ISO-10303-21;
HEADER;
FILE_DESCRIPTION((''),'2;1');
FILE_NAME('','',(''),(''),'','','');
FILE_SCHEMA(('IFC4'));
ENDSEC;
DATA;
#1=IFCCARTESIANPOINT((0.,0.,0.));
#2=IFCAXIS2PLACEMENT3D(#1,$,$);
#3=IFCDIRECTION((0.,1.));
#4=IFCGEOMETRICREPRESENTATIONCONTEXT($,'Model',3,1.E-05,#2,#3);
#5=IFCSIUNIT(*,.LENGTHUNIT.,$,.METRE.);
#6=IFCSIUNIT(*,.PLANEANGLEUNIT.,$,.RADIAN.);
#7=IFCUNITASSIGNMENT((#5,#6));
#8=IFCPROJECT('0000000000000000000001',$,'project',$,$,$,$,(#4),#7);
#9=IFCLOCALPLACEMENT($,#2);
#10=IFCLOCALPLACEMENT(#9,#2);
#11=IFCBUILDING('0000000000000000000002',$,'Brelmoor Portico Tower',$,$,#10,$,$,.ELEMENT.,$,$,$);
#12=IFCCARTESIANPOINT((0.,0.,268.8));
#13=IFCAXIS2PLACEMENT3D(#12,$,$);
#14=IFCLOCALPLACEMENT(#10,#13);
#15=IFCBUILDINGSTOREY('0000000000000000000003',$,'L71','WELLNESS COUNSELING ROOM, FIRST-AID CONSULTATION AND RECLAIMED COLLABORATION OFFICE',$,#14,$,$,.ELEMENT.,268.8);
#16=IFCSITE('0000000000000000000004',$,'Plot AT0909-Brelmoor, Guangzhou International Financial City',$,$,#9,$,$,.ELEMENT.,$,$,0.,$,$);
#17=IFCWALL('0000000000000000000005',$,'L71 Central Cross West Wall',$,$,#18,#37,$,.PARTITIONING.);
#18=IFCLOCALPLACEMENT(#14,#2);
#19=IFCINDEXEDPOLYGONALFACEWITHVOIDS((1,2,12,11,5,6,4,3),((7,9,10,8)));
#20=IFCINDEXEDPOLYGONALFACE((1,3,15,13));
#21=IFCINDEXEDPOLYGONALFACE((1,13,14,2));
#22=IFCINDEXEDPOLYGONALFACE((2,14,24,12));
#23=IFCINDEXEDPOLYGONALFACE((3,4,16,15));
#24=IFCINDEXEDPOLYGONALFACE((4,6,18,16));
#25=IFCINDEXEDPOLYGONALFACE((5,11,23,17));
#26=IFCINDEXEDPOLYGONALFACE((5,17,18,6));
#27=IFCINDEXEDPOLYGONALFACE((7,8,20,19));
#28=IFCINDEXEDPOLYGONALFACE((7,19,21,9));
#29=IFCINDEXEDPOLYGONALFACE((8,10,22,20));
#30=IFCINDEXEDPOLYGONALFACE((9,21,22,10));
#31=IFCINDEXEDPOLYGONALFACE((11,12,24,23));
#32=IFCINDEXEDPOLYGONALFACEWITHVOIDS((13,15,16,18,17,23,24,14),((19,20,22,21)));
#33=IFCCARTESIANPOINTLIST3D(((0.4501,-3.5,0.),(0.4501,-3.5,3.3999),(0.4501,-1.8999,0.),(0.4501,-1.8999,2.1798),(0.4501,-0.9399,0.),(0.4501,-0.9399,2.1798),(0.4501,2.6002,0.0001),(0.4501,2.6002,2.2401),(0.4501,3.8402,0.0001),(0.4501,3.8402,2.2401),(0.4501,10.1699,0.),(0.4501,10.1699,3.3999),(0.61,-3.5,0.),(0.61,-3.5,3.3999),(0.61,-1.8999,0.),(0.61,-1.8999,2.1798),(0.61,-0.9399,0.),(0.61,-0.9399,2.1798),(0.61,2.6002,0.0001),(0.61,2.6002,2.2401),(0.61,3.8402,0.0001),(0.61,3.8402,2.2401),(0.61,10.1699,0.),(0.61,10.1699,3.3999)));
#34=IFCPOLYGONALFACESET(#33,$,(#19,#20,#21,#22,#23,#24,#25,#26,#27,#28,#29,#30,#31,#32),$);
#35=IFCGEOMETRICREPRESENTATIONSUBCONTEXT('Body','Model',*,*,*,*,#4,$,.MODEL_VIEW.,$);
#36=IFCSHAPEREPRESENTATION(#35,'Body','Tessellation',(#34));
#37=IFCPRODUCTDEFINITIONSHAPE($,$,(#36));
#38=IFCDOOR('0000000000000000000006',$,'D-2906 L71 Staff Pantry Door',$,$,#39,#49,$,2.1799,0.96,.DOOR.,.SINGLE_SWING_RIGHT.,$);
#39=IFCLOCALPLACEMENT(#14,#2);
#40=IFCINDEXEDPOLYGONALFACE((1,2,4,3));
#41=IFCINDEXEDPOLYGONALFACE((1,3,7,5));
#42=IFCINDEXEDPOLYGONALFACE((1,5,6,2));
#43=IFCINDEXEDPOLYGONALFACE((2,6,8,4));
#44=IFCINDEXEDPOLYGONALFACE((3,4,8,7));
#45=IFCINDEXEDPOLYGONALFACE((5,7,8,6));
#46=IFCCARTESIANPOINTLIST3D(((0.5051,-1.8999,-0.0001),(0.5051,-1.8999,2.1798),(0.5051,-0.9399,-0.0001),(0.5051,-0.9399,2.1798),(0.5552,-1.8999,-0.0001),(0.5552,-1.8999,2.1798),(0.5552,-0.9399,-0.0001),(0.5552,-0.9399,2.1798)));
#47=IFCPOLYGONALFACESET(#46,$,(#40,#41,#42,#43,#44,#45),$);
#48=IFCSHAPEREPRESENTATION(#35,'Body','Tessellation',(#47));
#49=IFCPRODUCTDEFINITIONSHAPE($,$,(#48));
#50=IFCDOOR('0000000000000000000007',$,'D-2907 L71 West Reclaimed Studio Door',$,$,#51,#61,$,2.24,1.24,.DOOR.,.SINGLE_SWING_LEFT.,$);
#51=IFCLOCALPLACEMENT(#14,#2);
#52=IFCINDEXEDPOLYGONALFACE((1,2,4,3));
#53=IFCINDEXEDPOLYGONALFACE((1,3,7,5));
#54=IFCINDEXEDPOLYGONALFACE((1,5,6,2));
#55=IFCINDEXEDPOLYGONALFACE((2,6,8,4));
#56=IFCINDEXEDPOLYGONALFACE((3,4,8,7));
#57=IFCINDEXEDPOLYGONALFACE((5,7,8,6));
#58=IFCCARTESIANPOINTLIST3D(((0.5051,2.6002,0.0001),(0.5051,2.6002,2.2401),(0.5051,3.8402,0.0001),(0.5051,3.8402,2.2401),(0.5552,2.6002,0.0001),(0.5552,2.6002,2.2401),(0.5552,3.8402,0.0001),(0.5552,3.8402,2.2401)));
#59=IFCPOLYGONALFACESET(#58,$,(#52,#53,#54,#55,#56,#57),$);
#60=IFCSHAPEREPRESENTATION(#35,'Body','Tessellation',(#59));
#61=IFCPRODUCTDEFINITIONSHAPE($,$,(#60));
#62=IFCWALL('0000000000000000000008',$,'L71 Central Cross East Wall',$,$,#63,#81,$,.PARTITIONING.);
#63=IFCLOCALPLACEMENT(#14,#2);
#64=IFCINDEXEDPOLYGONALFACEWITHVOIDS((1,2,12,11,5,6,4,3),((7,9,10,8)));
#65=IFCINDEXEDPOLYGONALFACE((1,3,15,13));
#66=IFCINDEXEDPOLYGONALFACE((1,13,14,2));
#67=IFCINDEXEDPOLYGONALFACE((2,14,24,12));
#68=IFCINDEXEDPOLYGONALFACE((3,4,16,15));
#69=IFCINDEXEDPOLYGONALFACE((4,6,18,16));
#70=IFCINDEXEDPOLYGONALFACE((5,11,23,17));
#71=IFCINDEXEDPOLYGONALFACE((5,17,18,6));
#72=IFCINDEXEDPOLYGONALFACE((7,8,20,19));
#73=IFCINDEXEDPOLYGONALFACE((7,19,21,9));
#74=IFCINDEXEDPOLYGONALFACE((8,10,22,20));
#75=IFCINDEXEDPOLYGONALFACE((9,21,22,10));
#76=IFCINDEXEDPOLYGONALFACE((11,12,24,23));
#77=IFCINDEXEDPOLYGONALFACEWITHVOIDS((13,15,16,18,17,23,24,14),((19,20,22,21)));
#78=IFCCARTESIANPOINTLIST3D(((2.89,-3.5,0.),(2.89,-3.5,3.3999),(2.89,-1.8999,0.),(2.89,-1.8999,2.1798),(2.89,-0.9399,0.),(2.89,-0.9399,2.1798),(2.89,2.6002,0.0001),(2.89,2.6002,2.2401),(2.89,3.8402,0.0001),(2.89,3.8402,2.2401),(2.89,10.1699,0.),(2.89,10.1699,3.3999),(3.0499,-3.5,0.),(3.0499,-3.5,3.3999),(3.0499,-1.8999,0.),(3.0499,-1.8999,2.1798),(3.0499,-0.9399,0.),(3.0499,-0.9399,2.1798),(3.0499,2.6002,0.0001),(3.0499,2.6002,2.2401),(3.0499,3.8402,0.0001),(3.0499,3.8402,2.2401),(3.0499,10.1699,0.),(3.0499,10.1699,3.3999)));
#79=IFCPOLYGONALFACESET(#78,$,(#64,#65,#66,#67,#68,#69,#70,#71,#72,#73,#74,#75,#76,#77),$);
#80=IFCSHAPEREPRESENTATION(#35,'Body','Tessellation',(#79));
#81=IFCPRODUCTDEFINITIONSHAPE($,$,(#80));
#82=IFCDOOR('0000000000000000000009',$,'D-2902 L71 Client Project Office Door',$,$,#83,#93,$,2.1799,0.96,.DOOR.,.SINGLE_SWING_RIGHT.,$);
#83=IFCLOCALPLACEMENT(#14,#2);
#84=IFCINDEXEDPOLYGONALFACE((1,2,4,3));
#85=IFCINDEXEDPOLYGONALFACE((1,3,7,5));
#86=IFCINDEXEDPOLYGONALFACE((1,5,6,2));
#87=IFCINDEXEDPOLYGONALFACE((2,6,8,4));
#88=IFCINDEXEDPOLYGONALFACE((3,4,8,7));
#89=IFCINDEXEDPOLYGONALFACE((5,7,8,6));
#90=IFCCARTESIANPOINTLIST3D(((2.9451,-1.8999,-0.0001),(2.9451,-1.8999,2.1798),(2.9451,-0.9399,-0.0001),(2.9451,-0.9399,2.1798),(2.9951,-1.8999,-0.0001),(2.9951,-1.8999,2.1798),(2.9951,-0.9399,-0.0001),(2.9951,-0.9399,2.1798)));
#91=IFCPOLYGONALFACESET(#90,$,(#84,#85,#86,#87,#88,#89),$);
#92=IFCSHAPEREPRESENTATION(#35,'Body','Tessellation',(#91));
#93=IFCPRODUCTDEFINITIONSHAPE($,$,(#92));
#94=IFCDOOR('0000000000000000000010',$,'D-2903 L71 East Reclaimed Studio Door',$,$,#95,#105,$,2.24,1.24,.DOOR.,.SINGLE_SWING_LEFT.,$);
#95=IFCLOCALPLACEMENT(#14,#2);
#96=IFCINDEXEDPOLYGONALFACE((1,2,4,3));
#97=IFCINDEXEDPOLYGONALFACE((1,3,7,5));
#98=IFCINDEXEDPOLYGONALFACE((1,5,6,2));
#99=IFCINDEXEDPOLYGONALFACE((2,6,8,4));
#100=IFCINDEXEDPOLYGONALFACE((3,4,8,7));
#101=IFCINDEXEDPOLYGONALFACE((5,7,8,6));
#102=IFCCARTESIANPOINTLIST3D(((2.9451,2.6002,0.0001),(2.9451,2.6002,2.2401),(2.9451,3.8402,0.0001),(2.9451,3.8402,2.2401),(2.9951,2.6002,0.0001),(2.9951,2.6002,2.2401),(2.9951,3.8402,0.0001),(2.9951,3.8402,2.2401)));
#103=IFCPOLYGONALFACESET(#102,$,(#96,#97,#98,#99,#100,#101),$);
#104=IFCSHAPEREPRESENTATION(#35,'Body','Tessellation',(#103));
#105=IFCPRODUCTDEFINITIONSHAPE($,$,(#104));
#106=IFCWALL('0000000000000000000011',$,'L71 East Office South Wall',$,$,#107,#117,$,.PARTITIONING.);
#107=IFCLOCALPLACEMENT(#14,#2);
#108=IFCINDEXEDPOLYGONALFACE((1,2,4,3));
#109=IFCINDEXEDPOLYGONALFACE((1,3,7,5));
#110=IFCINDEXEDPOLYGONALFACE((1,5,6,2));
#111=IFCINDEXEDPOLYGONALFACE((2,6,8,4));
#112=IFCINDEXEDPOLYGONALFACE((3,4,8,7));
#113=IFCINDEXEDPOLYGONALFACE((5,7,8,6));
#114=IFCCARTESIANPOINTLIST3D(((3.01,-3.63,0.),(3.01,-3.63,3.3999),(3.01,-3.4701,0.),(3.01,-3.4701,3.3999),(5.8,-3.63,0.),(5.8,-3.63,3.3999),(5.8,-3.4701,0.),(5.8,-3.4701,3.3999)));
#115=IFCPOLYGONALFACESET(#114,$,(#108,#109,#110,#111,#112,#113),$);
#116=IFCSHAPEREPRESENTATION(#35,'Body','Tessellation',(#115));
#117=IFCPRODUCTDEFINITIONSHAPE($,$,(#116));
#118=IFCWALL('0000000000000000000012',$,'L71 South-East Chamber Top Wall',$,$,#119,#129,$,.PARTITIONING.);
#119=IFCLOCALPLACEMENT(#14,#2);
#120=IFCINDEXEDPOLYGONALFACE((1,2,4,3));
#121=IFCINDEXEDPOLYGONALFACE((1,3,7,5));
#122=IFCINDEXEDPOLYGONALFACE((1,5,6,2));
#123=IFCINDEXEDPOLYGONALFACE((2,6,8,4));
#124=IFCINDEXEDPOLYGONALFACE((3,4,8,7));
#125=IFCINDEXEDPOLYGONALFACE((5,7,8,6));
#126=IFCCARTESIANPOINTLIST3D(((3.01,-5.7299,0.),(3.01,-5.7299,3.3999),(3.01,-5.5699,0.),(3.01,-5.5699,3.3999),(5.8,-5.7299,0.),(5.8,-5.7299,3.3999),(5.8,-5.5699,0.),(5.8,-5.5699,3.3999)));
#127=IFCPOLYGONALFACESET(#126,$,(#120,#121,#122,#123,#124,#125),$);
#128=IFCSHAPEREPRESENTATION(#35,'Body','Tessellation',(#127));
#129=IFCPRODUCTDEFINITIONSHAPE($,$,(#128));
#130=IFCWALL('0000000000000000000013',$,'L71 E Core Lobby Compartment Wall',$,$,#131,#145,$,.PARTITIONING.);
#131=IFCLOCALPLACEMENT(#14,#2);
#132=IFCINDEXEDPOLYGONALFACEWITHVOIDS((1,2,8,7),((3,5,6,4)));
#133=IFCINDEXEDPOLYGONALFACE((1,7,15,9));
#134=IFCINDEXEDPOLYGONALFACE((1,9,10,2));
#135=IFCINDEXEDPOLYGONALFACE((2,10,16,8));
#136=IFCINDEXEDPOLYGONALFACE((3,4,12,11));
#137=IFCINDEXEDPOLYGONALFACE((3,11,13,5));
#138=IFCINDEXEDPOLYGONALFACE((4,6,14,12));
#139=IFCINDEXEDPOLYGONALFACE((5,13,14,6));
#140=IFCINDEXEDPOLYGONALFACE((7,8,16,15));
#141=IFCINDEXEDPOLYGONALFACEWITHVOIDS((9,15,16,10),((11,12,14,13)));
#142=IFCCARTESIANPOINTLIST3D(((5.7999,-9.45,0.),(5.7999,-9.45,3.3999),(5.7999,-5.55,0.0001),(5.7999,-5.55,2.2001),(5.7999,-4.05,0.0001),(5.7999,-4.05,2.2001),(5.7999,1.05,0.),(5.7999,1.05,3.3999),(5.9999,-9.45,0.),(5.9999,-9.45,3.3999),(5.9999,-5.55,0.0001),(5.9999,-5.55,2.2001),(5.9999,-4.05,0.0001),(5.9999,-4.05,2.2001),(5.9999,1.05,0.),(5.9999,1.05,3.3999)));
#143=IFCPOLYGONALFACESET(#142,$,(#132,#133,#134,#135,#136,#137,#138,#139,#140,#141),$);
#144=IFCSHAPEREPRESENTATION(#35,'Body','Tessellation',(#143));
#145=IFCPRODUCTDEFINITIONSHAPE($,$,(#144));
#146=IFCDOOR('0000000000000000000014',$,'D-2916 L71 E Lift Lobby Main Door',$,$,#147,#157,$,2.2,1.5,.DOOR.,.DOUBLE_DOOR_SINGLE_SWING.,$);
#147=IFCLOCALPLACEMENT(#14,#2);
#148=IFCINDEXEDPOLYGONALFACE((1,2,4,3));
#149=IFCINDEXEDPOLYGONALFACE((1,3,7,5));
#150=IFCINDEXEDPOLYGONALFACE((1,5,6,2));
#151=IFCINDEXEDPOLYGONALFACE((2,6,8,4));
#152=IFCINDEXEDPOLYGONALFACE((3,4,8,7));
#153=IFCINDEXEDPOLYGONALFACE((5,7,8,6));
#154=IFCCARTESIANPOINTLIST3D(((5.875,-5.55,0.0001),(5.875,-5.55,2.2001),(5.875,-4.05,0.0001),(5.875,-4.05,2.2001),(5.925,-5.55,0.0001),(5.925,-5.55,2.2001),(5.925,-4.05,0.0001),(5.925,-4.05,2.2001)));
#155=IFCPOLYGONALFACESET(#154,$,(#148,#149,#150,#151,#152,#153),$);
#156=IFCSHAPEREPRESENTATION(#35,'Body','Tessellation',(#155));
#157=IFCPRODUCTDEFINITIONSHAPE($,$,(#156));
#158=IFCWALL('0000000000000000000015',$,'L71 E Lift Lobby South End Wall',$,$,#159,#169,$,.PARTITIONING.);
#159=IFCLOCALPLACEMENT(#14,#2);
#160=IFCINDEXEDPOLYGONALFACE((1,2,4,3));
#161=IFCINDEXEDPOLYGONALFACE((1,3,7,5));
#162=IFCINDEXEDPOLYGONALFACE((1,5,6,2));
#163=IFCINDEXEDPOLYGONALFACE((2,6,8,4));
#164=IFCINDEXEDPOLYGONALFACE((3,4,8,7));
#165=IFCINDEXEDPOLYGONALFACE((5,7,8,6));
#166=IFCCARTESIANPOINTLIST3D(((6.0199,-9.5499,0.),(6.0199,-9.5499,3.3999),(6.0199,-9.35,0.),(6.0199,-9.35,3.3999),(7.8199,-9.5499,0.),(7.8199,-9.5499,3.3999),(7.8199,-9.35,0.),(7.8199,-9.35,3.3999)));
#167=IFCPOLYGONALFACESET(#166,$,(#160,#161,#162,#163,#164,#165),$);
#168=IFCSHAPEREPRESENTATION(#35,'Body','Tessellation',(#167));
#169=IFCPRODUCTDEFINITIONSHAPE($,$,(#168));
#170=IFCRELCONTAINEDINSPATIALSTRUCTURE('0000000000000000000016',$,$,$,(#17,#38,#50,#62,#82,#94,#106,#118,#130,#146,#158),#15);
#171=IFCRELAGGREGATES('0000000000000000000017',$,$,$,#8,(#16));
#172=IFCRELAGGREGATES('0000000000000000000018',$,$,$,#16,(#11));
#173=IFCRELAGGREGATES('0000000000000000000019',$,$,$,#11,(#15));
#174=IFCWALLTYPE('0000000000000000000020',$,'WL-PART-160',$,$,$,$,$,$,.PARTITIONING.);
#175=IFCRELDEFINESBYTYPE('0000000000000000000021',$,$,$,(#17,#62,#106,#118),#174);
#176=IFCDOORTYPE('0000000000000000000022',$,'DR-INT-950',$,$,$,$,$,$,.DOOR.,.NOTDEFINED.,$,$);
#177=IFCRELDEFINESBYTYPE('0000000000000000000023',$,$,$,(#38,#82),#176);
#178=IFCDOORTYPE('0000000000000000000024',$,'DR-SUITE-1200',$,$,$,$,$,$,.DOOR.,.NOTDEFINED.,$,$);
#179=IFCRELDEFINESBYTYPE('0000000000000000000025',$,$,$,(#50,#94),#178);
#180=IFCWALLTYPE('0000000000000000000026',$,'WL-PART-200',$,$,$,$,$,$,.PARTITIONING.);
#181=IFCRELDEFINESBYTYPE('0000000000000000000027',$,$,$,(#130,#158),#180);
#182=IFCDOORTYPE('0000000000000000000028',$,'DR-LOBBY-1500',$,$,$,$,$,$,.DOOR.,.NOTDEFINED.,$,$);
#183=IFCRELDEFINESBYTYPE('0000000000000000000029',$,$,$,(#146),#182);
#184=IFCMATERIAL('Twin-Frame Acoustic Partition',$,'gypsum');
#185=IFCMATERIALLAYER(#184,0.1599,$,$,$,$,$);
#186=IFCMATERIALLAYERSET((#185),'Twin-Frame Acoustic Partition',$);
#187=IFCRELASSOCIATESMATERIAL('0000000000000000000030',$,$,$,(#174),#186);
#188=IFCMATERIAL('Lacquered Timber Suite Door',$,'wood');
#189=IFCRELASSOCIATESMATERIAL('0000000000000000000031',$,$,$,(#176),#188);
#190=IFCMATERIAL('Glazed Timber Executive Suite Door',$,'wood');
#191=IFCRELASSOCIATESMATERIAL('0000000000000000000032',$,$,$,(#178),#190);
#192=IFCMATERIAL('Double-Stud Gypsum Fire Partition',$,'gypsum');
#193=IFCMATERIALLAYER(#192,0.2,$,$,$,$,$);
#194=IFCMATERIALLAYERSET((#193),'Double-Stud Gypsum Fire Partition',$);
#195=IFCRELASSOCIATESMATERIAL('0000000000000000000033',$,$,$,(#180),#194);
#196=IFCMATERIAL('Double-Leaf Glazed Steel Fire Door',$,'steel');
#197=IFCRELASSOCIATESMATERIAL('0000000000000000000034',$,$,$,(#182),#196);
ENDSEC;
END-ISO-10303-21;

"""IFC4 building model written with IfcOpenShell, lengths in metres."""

from ifc_helpers import new_model, si_unit, direction, frame, frame_2d, origin, place, context, subcontext, project, spatial, rectangle, extrude, material, layer, layer_set, type_object, element, fill, save


model = new_model("IFC4")

# Units and contexts
model_context = context("Model", 3, precision=1e-05, world=origin(), true_north=direction((0.0, 1.0)))
body_context = subcontext(model_context, "Body", "Model", "MODEL_VIEW")
ifc_project = project(units=[si_unit("LENGTHUNIT", "METRE"), si_unit("PLANEANGLEUNIT", "RADIAN")], contexts=[model_context])

# Site, building, storey
site_placement = place(None, origin())
site = spatial("IfcSite", under=ifc_project, at=site_placement, Name="Plot AT0909-Brelmoor, Guangzhou International Financial City", CompositionType="ELEMENT", RefElevation=0.0)
building_placement = place(site_placement, origin())
building = spatial("IfcBuilding", under=site, at=building_placement, Name="Brelmoor Portico Tower", CompositionType="ELEMENT")
storey_placement = place(building_placement, frame((0.0, 0.0, 268.8)))
storey = spatial("IfcBuildingStorey", under=building, at=storey_placement, Name="L71", Description="WELLNESS COUNSELING ROOM, FIRST-AID CONSULTATION AND RECLAIMED COLLABORATION OFFICE", CompositionType="ELEMENT", Elevation=268.8)

# Walls, openings, doors
ifc_material_1 = material(Name="Twin-Frame Acoustic Partition", Category="gypsum")
ifc_layer_1 = layer(ifc_material_1, 0.1599)
ifc_layer_set_1 = layer_set([ifc_layer_1], Name="Twin-Frame Acoustic Partition")
wall_type_1 = type_object("IfcWallType", Name="WL-PART-160", PredefinedType="PARTITIONING", material=ifc_layer_set_1)
wall_1_placement = place(storey_placement, frame((0.53, -3.5, 0.0), z_axis=(0.0, 0.0, 1.0), x_axis=(0.0, 1.0, 0.0)))
wall_1 = element("IfcWall", 1, at=wall_1_placement, inside=storey, type_object=wall_type_1, Name="L71 Central Cross West Wall", PredefinedType="PARTITIONING", context=body_context, shape_type="SweptSolid", body=[
    extrude(rectangle(XDim=13.6699, YDim=0.1599, at=frame_2d((6.835, 0.0))), origin(), (0.0, 0.0, 1.0), 3.3999),
])
opening_1_placement = place(wall_1_placement, frame((6.1001, 0.0, 0.0)))
opening_1 = element("IfcOpeningElement", 2, at=opening_1_placement, cuts=wall_1, PredefinedType="OPENING", context=body_context, shape_type="SweptSolid", body=[
    extrude(rectangle(XDim=1.24, YDim=2.24, at=frame_2d((0.6201, 1.1201))), frame((0.0, 0.0898, 0.0), z_axis=(0.0, -1.0, 0.0), x_axis=(1.0, 0.0, 0.0)), (0.0, 0.0, 1.0), 0.1799),
])
opening_2_placement = place(wall_1_placement, frame((1.6001, 0.0, 0.0)))
opening_2 = element("IfcOpeningElement", 3, at=opening_2_placement, cuts=wall_1, PredefinedType="OPENING", context=body_context, shape_type="SweptSolid", body=[
    extrude(rectangle(XDim=0.96, YDim=2.1799, at=frame_2d((0.48, 1.0898))), frame((0.0, 0.0898, 0.0), z_axis=(0.0, -1.0, 0.0), x_axis=(1.0, 0.0, 0.0)), (0.0, 0.0, 1.0), 0.1799),
])
ifc_material_2 = material(Name="Lacquered Timber Suite Door", Category="wood")
door_type_1 = type_object("IfcDoorType", Name="DR-INT-950", OperationType="NOTDEFINED", PredefinedType="DOOR", material=ifc_material_2)
door_1_placement = place(opening_2_placement, origin())
door_1 = element("IfcDoor", 4, at=door_1_placement, inside=storey, type_object=door_type_1, Name="D-2906 L71 Staff Pantry Door", OperationType="SINGLE_SWING_RIGHT", OverallHeight=2.1799, OverallWidth=0.96, PredefinedType="DOOR", context=body_context, shape_type="SweptSolid", body=[
    extrude(rectangle(XDim=0.96, YDim=2.1799, at=frame_2d((0.48, 1.0898))), frame((0.0, 0.0249, 0.0), z_axis=(0.0, -1.0, 0.0), x_axis=(1.0, 0.0, 0.0)), (0.0, 0.0, 1.0), 0.05),
])
fill(opening_2, door_1)
ifc_material_3 = material(Name="Glazed Timber Executive Suite Door", Category="wood")
door_type_2 = type_object("IfcDoorType", Name="DR-SUITE-1200", OperationType="NOTDEFINED", PredefinedType="DOOR", material=ifc_material_3)
door_2_placement = place(opening_1_placement, origin())
door_2 = element("IfcDoor", 5, at=door_2_placement, inside=storey, type_object=door_type_2, Name="D-2907 L71 West Reclaimed Studio Door", OperationType="SINGLE_SWING_LEFT", OverallHeight=2.24, OverallWidth=1.24, PredefinedType="DOOR", context=body_context, shape_type="SweptSolid", body=[
    extrude(rectangle(XDim=1.24, YDim=2.24, at=frame_2d((0.6201, 1.1201))), frame((0.0, 0.0249, 0.0), z_axis=(0.0, -1.0, 0.0), x_axis=(1.0, 0.0, 0.0)), (0.0, 0.0, 1.0), 0.05),
])
fill(opening_1, door_2)
wall_2_placement = place(storey_placement, frame((2.97, -3.5, 0.0), z_axis=(0.0, 0.0, 1.0), x_axis=(0.0, 1.0, 0.0)))
wall_2 = element("IfcWall", 6, at=wall_2_placement, inside=storey, type_object=wall_type_1, Name="L71 Central Cross East Wall", PredefinedType="PARTITIONING", context=body_context, shape_type="SweptSolid", body=[
    extrude(rectangle(XDim=13.6699, YDim=0.1599, at=frame_2d((6.835, 0.0))), origin(), (0.0, 0.0, 1.0), 3.3999),
])
opening_3_placement = place(wall_2_placement, frame((6.1001, 0.0, 0.0)))
opening_3 = element("IfcOpeningElement", 7, at=opening_3_placement, cuts=wall_2, PredefinedType="OPENING", context=body_context, shape_type="SweptSolid", body=[
    extrude(rectangle(XDim=1.24, YDim=2.24, at=frame_2d((0.6201, 1.1201))), frame((0.0, 0.0898, 0.0), z_axis=(0.0, -1.0, 0.0), x_axis=(1.0, 0.0, 0.0)), (0.0, 0.0, 1.0), 0.1799),
])
opening_4_placement = place(wall_2_placement, frame((1.6001, 0.0, 0.0)))
opening_4 = element("IfcOpeningElement", 8, at=opening_4_placement, cuts=wall_2, PredefinedType="OPENING", context=body_context, shape_type="SweptSolid", body=[
    extrude(rectangle(XDim=0.96, YDim=2.1799, at=frame_2d((0.48, 1.0898))), frame((0.0, 0.0898, 0.0), z_axis=(0.0, -1.0, 0.0), x_axis=(1.0, 0.0, 0.0)), (0.0, 0.0, 1.0), 0.1799),
])
door_3_placement = place(opening_4_placement, origin())
door_3 = element("IfcDoor", 9, at=door_3_placement, inside=storey, type_object=door_type_1, Name="D-2902 L71 Client Project Office Door", OperationType="SINGLE_SWING_RIGHT", OverallHeight=2.1799, OverallWidth=0.96, PredefinedType="DOOR", context=body_context, shape_type="SweptSolid", body=[
    extrude(rectangle(XDim=0.96, YDim=2.1799, at=frame_2d((0.48, 1.0898))), frame((0.0, 0.0249, 0.0), z_axis=(0.0, -1.0, 0.0), x_axis=(1.0, 0.0, 0.0)), (0.0, 0.0, 1.0), 0.05),
])
fill(opening_4, door_3)
door_4_placement = place(opening_3_placement, origin())
door_4 = element("IfcDoor", 10, at=door_4_placement, inside=storey, type_object=door_type_2, Name="D-2903 L71 East Reclaimed Studio Door", OperationType="SINGLE_SWING_LEFT", OverallHeight=2.24, OverallWidth=1.24, PredefinedType="DOOR", context=body_context, shape_type="SweptSolid", body=[
    extrude(rectangle(XDim=1.24, YDim=2.24, at=frame_2d((0.6201, 1.1201))), frame((0.0, 0.0249, 0.0), z_axis=(0.0, -1.0, 0.0), x_axis=(1.0, 0.0, 0.0)), (0.0, 0.0, 1.0), 0.05),
])
fill(opening_3, door_4)

# Walls
for number, where, z_axis, x_axis, name in (
    (11, (3.01, -3.55, 0.0), (0.0, 0.0, 1.0), (1.0, 0.0, 0.0), "L71 East Office South Wall"),
    (12, (3.01, -5.6499, 0.0), (0.0, 0.0, 1.0), (1.0, 0.0, 0.0), "L71 South-East Chamber Top Wall"),
):
    element("IfcWall", number, at=place(storey_placement, frame(where, z_axis=z_axis, x_axis=x_axis)), inside=storey, type_object=wall_type_1, Name=name, PredefinedType="PARTITIONING", context=body_context, shape_type="SweptSolid", body=[
        extrude(rectangle(XDim=2.79, YDim=0.1599, at=frame_2d((1.395, 0.0))), origin(), (0.0, 0.0, 1.0), 3.3999),
    ])

# Wall, opening, door
ifc_material_4 = material(Name="Double-Stud Gypsum Fire Partition", Category="gypsum")
ifc_layer_2 = layer(ifc_material_4, 0.2)
ifc_layer_set_2 = layer_set([ifc_layer_2], Name="Double-Stud Gypsum Fire Partition")
wall_type_2 = type_object("IfcWallType", Name="WL-PART-200", PredefinedType="PARTITIONING", material=ifc_layer_set_2)
wall_3_placement = place(storey_placement, frame((5.8999, -9.45, 0.0), z_axis=(0.0, 0.0, 1.0), x_axis=(0.0, 1.0, 0.0)))
wall_3 = element("IfcWall", 13, at=wall_3_placement, inside=storey, type_object=wall_type_2, Name="L71 E Core Lobby Compartment Wall", PredefinedType="PARTITIONING", context=body_context, shape_type="SweptSolid", body=[
    extrude(rectangle(XDim=10.5, YDim=0.2, at=frame_2d((5.25, 0.0))), origin(), (0.0, 0.0, 1.0), 3.3999),
])
opening_5_placement = place(wall_3_placement, frame((3.8999, 0.0, 0.0)))
opening_5 = element("IfcOpeningElement", 14, at=opening_5_placement, cuts=wall_3, PredefinedType="OPENING", context=body_context, shape_type="SweptSolid", body=[
    extrude(rectangle(XDim=1.5, YDim=2.2, at=frame_2d((0.75, 1.1001))), frame((0.0, 0.1099, 0.0), z_axis=(0.0, -1.0, 0.0), x_axis=(1.0, 0.0, 0.0)), (0.0, 0.0, 1.0), 0.22),
])
ifc_material_5 = material(Name="Double-Leaf Glazed Steel Fire Door", Category="steel")
door_type_3 = type_object("IfcDoorType", Name="DR-LOBBY-1500", OperationType="NOTDEFINED", PredefinedType="DOOR", material=ifc_material_5)
door_5_placement = place(opening_5_placement, origin())
door_5 = element("IfcDoor", 15, at=door_5_placement, inside=storey, type_object=door_type_3, Name="D-2916 L71 E Lift Lobby Main Door", OperationType="DOUBLE_DOOR_SINGLE_SWING", OverallHeight=2.2, OverallWidth=1.5, PredefinedType="DOOR", context=body_context, shape_type="SweptSolid", body=[
    extrude(rectangle(XDim=1.5, YDim=2.2, at=frame_2d((0.75, 1.1001))), frame((0.0, 0.0249, 0.0), z_axis=(0.0, -1.0, 0.0), x_axis=(1.0, 0.0, 0.0)), (0.0, 0.0, 1.0), 0.05),
])
fill(opening_5, door_5)

# Wall
wall_4_placement = place(storey_placement, frame((6.02, -9.45, 0.0), z_axis=(0.0, 0.0, 1.0), x_axis=(1.0, 0.0, 0.0)))
element("IfcWall", 16, at=wall_4_placement, inside=storey, type_object=wall_type_2, Name="L71 E Lift Lobby South End Wall", PredefinedType="PARTITIONING", context=body_context, shape_type="SweptSolid", body=[
    extrude(rectangle(XDim=1.8, YDim=0.2, at=frame_2d((0.8999, 0.0))), origin(), (0.0, 0.0, 1.0), 3.3999),
])

save(model, "model.ifc")
